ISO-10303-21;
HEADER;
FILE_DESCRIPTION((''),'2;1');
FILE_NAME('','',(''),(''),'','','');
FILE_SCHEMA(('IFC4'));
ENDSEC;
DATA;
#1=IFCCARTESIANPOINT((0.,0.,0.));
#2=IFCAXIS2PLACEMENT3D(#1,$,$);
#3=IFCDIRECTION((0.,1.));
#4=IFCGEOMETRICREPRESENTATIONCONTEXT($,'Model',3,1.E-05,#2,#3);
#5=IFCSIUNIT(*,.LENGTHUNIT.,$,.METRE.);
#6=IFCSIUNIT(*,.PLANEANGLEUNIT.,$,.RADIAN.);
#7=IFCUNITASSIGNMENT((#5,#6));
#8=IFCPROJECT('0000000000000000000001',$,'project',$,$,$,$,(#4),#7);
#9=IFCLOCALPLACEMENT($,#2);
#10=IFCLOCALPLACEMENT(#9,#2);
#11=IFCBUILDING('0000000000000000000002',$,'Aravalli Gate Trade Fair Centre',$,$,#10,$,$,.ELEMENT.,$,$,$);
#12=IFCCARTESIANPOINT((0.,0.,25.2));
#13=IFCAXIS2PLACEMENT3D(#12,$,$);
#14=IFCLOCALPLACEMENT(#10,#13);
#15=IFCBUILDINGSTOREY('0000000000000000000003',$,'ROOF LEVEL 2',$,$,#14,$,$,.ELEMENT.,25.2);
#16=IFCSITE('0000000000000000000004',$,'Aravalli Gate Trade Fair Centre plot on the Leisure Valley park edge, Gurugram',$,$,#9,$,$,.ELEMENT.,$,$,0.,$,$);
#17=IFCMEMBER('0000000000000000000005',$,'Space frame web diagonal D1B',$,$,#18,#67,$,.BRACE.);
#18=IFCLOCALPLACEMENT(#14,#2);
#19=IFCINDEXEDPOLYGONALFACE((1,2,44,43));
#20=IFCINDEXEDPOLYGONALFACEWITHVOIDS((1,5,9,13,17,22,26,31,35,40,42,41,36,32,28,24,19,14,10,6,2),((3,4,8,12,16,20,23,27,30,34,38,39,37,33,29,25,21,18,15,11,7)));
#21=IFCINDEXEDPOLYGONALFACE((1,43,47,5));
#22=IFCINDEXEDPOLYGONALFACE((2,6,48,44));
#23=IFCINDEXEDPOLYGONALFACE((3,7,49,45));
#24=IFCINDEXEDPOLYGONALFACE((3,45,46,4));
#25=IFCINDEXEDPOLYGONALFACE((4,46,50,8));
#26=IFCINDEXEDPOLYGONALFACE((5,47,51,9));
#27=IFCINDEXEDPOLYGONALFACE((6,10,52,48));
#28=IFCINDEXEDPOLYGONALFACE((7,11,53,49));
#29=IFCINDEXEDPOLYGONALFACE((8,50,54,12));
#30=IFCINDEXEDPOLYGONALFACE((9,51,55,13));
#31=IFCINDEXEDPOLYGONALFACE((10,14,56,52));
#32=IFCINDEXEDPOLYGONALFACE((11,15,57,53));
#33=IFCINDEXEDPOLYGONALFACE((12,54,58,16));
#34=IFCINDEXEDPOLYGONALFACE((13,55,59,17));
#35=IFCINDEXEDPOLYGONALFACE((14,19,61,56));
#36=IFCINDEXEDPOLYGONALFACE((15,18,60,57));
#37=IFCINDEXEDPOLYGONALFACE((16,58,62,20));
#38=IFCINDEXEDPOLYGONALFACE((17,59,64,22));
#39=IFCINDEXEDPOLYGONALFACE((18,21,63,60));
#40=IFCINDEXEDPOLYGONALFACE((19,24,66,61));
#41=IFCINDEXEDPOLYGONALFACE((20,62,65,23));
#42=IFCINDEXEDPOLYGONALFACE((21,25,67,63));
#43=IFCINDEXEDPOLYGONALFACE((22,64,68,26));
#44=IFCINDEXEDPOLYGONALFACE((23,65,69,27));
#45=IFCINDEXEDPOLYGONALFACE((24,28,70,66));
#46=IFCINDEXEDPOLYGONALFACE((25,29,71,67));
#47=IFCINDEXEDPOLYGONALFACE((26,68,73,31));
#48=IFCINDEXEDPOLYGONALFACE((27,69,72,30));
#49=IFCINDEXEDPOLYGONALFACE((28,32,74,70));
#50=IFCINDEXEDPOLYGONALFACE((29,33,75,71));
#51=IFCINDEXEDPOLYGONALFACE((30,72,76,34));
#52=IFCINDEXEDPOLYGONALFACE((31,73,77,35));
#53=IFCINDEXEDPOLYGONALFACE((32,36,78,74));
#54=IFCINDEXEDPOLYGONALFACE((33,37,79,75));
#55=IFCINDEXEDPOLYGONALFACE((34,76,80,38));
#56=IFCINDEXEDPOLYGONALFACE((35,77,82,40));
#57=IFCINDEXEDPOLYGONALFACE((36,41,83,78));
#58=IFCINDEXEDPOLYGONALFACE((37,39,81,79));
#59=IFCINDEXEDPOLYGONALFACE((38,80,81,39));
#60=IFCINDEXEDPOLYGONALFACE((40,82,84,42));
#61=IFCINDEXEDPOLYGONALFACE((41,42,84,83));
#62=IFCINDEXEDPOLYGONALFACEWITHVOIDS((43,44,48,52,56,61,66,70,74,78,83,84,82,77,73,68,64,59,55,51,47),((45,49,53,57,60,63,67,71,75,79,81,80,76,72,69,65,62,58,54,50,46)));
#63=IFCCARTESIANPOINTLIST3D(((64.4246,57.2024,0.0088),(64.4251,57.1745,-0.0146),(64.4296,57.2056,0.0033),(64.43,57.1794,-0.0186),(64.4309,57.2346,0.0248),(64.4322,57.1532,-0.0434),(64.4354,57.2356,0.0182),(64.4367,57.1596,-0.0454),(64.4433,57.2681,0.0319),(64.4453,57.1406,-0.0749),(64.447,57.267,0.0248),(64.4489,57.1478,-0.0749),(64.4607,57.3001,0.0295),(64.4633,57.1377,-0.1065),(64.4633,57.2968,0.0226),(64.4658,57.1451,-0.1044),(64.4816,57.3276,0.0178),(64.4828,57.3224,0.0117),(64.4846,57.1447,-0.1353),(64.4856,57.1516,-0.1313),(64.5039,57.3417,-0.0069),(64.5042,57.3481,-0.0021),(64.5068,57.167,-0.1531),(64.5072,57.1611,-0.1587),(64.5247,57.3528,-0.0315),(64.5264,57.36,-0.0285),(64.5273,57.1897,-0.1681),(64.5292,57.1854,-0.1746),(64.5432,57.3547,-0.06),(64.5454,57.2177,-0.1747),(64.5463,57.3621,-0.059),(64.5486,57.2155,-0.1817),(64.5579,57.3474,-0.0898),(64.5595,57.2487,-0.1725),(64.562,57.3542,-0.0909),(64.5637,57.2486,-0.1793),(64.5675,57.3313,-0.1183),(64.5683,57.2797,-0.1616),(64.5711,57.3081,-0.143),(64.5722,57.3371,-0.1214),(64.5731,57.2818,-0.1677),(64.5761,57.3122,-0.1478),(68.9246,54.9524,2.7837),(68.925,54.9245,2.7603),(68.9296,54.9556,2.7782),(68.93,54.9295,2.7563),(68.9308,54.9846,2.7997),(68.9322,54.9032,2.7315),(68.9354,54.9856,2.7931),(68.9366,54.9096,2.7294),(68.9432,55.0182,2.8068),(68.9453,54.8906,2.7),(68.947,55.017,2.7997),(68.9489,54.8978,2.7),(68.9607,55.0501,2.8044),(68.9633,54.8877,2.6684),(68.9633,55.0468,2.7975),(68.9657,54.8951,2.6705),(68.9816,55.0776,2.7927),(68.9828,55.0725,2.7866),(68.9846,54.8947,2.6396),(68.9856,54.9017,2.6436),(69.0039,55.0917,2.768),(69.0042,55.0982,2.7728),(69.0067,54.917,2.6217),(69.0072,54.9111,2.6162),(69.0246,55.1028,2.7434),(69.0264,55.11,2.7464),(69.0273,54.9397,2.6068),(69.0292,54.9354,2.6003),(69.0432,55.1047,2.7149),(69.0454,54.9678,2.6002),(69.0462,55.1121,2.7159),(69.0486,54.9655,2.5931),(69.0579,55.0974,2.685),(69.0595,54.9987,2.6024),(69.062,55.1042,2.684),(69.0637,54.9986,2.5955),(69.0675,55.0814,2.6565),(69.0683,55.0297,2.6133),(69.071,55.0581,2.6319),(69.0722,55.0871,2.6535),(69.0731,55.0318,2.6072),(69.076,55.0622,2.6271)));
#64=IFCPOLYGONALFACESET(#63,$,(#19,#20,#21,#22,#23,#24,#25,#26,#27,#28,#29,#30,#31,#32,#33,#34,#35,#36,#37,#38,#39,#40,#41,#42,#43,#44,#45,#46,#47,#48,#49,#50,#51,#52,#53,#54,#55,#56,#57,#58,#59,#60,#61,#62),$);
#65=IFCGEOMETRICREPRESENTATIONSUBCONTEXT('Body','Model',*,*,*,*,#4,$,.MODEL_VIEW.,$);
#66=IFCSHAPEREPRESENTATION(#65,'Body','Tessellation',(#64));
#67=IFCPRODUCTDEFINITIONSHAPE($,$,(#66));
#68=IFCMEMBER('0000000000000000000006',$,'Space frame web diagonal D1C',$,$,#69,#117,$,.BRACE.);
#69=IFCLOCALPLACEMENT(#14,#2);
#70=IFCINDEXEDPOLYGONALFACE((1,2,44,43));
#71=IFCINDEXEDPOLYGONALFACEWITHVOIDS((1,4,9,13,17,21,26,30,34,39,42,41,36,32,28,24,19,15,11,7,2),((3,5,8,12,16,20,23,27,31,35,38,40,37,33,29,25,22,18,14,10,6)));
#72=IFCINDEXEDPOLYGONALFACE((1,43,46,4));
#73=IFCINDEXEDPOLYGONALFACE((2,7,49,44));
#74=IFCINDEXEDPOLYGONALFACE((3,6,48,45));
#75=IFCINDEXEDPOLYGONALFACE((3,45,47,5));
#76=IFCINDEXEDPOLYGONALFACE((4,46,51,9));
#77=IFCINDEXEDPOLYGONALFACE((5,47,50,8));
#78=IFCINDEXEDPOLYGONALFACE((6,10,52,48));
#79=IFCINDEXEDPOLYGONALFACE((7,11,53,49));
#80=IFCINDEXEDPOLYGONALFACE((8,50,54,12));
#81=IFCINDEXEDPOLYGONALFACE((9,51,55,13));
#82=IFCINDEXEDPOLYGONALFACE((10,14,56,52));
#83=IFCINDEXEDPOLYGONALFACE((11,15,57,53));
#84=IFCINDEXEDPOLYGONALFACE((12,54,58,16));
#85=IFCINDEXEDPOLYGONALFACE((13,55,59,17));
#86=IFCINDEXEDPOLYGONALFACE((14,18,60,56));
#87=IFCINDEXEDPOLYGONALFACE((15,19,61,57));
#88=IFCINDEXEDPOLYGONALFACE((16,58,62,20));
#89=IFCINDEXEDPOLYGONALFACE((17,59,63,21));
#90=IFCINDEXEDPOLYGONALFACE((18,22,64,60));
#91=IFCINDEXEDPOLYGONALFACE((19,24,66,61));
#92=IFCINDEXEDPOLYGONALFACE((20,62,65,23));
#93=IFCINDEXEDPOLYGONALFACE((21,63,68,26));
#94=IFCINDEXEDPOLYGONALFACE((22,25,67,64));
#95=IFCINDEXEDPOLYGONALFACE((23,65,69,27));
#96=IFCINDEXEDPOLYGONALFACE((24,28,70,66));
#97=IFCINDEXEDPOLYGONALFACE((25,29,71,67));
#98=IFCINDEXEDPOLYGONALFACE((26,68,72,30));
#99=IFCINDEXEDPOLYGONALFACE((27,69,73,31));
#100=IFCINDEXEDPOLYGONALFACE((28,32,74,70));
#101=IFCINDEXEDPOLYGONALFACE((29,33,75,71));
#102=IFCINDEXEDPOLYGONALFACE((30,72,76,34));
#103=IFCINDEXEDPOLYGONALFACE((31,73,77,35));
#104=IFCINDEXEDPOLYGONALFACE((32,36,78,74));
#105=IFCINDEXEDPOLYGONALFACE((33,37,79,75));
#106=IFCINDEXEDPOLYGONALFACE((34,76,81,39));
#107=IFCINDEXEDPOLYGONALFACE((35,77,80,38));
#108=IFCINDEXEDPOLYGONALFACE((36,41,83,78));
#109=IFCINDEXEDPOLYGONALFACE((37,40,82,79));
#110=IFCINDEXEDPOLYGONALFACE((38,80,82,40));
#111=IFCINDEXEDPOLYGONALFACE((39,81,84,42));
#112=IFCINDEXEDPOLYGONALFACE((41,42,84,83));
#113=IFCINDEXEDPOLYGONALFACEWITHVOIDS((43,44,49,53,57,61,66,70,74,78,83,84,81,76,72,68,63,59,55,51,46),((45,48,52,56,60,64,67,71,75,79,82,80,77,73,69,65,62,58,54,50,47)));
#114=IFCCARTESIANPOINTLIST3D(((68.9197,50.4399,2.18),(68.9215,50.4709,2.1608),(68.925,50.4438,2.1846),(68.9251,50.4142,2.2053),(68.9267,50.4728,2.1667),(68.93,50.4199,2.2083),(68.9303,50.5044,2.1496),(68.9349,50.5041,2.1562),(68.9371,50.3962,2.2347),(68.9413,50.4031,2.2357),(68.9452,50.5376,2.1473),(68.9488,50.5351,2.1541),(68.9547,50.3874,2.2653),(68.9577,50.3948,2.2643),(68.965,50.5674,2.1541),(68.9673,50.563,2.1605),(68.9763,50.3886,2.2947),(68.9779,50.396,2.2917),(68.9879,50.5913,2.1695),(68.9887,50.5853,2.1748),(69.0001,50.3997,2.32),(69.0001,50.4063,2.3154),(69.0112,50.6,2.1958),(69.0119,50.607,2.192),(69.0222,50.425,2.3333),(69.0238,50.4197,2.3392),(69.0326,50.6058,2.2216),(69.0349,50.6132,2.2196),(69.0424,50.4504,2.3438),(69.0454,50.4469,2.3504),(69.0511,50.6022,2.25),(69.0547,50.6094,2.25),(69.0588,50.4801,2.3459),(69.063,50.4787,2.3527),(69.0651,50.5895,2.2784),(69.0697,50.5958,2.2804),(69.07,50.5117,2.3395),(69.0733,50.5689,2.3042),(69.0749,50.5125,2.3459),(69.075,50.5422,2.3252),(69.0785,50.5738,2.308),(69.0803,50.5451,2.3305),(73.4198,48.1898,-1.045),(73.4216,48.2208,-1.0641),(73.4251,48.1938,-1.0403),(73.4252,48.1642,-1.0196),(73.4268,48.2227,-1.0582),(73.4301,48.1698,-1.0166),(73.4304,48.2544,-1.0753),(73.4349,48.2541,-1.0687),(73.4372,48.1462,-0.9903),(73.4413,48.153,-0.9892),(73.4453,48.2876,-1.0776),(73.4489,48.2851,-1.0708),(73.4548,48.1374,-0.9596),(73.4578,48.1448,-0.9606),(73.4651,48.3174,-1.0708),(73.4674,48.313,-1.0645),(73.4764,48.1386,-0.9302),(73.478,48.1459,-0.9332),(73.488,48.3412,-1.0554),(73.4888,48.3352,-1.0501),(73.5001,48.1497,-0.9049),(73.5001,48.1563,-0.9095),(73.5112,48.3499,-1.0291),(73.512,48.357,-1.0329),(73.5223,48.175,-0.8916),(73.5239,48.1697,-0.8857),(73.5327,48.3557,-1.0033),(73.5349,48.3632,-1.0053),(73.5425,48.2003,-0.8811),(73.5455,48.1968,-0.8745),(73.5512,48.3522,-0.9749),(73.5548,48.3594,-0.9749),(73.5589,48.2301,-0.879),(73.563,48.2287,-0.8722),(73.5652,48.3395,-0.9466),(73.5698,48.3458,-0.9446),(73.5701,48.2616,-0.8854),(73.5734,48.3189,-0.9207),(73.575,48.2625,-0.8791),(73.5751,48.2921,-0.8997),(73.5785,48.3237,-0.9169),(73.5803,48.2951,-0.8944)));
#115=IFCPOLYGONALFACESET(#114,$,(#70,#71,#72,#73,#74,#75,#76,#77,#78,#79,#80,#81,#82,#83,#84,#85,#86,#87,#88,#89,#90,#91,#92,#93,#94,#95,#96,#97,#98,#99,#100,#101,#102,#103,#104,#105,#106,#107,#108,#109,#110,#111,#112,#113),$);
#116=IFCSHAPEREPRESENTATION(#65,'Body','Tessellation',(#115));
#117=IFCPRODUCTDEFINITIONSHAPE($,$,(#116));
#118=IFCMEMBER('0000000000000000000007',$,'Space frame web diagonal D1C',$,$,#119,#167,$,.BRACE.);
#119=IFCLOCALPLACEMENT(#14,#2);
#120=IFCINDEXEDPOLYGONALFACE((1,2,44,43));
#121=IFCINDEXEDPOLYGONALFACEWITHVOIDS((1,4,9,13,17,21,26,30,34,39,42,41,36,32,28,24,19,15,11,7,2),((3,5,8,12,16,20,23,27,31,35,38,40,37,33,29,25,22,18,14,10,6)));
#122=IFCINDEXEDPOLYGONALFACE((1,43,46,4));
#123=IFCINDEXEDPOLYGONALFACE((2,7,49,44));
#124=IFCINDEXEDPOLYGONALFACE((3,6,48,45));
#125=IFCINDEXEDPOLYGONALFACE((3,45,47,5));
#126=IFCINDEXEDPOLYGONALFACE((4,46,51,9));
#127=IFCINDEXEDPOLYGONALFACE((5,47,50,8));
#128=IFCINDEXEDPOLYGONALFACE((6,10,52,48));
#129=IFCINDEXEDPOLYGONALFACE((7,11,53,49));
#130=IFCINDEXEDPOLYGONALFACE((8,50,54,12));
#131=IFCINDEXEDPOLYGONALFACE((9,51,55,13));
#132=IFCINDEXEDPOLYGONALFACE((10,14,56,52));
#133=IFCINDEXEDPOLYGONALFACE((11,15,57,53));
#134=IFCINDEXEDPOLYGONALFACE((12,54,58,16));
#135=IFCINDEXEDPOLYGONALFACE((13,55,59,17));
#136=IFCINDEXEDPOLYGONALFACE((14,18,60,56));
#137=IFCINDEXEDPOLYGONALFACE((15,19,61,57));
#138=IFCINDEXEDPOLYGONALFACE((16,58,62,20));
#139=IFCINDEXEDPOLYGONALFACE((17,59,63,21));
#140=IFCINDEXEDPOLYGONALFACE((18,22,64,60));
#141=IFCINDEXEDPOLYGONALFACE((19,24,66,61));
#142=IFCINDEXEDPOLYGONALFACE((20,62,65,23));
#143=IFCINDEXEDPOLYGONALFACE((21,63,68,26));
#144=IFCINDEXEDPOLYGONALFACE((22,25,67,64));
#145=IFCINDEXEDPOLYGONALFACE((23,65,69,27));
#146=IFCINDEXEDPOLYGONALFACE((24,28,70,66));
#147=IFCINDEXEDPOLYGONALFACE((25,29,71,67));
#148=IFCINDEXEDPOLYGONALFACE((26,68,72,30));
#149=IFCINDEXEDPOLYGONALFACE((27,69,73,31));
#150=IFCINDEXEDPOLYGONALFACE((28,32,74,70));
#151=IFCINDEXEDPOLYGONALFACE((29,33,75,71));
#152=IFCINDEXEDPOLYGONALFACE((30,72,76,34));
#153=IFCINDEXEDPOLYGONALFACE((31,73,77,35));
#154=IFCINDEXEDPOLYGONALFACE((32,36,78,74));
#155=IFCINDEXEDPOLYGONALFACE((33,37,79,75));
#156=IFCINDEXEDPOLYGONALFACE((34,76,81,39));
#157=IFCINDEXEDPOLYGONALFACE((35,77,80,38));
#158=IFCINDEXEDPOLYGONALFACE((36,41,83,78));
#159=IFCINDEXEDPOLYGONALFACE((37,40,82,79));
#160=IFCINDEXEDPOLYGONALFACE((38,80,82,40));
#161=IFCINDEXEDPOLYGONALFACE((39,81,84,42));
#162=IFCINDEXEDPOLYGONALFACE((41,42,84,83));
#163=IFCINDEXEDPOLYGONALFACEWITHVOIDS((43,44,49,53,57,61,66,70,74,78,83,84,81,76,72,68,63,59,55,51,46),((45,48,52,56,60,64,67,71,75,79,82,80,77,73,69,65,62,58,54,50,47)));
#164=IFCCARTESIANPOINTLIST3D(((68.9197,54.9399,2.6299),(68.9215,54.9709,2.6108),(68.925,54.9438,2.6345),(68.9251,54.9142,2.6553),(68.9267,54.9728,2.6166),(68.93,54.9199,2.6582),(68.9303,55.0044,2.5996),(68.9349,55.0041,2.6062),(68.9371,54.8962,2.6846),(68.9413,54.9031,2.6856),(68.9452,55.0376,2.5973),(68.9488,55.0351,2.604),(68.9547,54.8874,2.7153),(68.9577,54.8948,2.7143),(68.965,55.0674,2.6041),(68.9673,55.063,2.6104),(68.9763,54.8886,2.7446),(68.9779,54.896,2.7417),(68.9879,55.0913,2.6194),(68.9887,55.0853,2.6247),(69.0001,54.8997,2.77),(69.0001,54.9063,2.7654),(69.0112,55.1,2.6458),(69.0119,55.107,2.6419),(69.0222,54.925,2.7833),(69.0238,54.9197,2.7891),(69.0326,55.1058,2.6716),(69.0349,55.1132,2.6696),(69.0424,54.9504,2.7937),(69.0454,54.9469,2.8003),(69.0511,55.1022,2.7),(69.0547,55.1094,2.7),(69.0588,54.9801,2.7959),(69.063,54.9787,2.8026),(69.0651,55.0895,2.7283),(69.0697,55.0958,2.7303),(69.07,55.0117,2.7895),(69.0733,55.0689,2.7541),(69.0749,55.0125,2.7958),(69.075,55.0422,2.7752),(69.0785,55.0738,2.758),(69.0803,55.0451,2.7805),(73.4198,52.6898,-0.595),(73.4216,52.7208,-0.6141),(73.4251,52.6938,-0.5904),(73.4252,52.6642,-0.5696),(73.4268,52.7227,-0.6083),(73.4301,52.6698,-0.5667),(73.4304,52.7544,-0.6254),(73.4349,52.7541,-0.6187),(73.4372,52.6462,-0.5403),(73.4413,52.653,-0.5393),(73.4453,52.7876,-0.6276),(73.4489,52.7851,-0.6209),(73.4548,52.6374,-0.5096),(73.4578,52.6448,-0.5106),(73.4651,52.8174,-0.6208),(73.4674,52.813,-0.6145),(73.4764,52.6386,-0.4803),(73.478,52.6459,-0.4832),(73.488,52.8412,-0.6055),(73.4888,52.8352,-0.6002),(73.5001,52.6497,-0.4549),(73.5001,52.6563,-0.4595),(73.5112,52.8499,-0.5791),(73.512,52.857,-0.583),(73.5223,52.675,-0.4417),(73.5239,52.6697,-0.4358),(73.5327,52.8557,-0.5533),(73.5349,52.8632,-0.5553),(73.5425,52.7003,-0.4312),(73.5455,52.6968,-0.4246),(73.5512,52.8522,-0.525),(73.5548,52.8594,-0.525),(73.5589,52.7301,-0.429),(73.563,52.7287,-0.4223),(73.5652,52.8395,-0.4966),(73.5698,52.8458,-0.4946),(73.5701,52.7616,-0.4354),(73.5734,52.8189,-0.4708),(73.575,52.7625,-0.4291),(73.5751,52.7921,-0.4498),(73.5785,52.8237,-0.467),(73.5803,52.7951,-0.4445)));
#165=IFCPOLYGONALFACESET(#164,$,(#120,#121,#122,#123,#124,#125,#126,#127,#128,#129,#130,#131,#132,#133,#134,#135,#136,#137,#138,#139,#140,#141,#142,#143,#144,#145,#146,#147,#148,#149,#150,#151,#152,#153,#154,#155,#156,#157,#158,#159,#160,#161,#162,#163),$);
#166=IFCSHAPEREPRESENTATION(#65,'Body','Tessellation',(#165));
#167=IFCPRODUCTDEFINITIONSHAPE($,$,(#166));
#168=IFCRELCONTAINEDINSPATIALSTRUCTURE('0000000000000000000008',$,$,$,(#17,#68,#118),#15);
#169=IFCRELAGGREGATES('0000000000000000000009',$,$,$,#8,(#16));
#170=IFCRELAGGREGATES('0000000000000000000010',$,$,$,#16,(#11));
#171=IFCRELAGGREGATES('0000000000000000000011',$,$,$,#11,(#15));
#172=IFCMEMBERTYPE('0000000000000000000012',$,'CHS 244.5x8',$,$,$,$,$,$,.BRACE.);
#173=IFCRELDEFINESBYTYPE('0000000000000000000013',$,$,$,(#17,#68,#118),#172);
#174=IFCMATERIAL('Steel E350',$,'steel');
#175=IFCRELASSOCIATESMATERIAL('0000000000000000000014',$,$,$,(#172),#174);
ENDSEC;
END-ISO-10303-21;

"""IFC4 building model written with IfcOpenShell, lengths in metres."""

from ifc_helpers import new_model, si_unit, direction, frame, origin, origin_2d, place, context, subcontext, project, spatial, hollow_circle, extrude, material, material_profile, profile_set, type_object, element, save


model = new_model("IFC4")

# Units and contexts
model_context = context("Model", 3, precision=1e-05, world=origin(), true_north=direction((0.0, 1.0)))
body_context = subcontext(model_context, "Body", "Model", "MODEL_VIEW")
ifc_project = project(units=[si_unit("LENGTHUNIT", "METRE"), si_unit("PLANEANGLEUNIT", "RADIAN")], contexts=[model_context])

# Site, building, storey
site_placement = place(None, origin())
site = spatial("IfcSite", under=ifc_project, at=site_placement, Name="Aravalli Gate Trade Fair Centre plot on the Leisure Valley park edge, Gurugram", CompositionType="ELEMENT", RefElevation=0.0)
building_placement = place(site_placement, origin())
building = spatial("IfcBuilding", under=site, at=building_placement, Name="Aravalli Gate Trade Fair Centre", CompositionType="ELEMENT")
storey_placement = place(building_placement, frame((0.0, 0.0, 25.2)))
storey = spatial("IfcBuildingStorey", under=building, at=storey_placement, Name="ROOF LEVEL 2", CompositionType="ELEMENT", Elevation=25.2)

# Members
ifc_material = material(Name="Steel E350", Category="steel")
ifc_material_profile_1 = material_profile(ifc_material, hollow_circle(Radius=0.1223, WallThickness=0.0081, at=origin_2d()), Name="CHS 244.5x8")
ifc_profile_set_1 = profile_set([ifc_material_profile_1], Name="Steel E350")
member_type_1 = type_object("IfcMemberType", Name="CHS 244.5x8", PredefinedType="BRACE", material=ifc_profile_set_1)
for number, where, z_axis, x_axis, name in (
    (1, (69.0, 55.0, 2.7), (-0.7832, 0.3916, -0.482956), (-0.447214, -0.894427, 0.0), "Space frame web diagonal D1B"),
):
    element("IfcMember", number, at=place(storey_placement, frame(where, z_axis=z_axis, x_axis=x_axis)), inside=storey, type_object=member_type_1, Name=name, PredefinedType="BRACE", context=body_context, shape_type="SweptSolid", body=[
        extrude(hollow_circle(Radius=0.1223, WallThickness=0.0081, at=origin_2d()), origin(), (0.0, 0.0, 1.0), 5.7456),
    ])
for number, where, z_axis, x_axis, name in (
    (2, (69.0, 50.5, 2.25), (0.753016, -0.376508, -0.539637), (0.447214, 0.894427, 0.0), "Space frame web diagonal D1C"),
    (3, (69.0, 55.0, 2.7), (0.753016, -0.376508, -0.539637), (0.447214, 0.894427, 0.0), "Space frame web diagonal D1C"),
):
    element("IfcMember", number, at=place(storey_placement, frame(where, z_axis=z_axis, x_axis=x_axis)), inside=storey, type_object=member_type_1, Name=name, PredefinedType="BRACE", context=body_context, shape_type="SweptSolid", body=[
        extrude(hollow_circle(Radius=0.1223, WallThickness=0.0081, at=origin_2d()), origin(), (0.0, 0.0, 1.0), 5.9761),
    ])

save(model, "model.ifc")
